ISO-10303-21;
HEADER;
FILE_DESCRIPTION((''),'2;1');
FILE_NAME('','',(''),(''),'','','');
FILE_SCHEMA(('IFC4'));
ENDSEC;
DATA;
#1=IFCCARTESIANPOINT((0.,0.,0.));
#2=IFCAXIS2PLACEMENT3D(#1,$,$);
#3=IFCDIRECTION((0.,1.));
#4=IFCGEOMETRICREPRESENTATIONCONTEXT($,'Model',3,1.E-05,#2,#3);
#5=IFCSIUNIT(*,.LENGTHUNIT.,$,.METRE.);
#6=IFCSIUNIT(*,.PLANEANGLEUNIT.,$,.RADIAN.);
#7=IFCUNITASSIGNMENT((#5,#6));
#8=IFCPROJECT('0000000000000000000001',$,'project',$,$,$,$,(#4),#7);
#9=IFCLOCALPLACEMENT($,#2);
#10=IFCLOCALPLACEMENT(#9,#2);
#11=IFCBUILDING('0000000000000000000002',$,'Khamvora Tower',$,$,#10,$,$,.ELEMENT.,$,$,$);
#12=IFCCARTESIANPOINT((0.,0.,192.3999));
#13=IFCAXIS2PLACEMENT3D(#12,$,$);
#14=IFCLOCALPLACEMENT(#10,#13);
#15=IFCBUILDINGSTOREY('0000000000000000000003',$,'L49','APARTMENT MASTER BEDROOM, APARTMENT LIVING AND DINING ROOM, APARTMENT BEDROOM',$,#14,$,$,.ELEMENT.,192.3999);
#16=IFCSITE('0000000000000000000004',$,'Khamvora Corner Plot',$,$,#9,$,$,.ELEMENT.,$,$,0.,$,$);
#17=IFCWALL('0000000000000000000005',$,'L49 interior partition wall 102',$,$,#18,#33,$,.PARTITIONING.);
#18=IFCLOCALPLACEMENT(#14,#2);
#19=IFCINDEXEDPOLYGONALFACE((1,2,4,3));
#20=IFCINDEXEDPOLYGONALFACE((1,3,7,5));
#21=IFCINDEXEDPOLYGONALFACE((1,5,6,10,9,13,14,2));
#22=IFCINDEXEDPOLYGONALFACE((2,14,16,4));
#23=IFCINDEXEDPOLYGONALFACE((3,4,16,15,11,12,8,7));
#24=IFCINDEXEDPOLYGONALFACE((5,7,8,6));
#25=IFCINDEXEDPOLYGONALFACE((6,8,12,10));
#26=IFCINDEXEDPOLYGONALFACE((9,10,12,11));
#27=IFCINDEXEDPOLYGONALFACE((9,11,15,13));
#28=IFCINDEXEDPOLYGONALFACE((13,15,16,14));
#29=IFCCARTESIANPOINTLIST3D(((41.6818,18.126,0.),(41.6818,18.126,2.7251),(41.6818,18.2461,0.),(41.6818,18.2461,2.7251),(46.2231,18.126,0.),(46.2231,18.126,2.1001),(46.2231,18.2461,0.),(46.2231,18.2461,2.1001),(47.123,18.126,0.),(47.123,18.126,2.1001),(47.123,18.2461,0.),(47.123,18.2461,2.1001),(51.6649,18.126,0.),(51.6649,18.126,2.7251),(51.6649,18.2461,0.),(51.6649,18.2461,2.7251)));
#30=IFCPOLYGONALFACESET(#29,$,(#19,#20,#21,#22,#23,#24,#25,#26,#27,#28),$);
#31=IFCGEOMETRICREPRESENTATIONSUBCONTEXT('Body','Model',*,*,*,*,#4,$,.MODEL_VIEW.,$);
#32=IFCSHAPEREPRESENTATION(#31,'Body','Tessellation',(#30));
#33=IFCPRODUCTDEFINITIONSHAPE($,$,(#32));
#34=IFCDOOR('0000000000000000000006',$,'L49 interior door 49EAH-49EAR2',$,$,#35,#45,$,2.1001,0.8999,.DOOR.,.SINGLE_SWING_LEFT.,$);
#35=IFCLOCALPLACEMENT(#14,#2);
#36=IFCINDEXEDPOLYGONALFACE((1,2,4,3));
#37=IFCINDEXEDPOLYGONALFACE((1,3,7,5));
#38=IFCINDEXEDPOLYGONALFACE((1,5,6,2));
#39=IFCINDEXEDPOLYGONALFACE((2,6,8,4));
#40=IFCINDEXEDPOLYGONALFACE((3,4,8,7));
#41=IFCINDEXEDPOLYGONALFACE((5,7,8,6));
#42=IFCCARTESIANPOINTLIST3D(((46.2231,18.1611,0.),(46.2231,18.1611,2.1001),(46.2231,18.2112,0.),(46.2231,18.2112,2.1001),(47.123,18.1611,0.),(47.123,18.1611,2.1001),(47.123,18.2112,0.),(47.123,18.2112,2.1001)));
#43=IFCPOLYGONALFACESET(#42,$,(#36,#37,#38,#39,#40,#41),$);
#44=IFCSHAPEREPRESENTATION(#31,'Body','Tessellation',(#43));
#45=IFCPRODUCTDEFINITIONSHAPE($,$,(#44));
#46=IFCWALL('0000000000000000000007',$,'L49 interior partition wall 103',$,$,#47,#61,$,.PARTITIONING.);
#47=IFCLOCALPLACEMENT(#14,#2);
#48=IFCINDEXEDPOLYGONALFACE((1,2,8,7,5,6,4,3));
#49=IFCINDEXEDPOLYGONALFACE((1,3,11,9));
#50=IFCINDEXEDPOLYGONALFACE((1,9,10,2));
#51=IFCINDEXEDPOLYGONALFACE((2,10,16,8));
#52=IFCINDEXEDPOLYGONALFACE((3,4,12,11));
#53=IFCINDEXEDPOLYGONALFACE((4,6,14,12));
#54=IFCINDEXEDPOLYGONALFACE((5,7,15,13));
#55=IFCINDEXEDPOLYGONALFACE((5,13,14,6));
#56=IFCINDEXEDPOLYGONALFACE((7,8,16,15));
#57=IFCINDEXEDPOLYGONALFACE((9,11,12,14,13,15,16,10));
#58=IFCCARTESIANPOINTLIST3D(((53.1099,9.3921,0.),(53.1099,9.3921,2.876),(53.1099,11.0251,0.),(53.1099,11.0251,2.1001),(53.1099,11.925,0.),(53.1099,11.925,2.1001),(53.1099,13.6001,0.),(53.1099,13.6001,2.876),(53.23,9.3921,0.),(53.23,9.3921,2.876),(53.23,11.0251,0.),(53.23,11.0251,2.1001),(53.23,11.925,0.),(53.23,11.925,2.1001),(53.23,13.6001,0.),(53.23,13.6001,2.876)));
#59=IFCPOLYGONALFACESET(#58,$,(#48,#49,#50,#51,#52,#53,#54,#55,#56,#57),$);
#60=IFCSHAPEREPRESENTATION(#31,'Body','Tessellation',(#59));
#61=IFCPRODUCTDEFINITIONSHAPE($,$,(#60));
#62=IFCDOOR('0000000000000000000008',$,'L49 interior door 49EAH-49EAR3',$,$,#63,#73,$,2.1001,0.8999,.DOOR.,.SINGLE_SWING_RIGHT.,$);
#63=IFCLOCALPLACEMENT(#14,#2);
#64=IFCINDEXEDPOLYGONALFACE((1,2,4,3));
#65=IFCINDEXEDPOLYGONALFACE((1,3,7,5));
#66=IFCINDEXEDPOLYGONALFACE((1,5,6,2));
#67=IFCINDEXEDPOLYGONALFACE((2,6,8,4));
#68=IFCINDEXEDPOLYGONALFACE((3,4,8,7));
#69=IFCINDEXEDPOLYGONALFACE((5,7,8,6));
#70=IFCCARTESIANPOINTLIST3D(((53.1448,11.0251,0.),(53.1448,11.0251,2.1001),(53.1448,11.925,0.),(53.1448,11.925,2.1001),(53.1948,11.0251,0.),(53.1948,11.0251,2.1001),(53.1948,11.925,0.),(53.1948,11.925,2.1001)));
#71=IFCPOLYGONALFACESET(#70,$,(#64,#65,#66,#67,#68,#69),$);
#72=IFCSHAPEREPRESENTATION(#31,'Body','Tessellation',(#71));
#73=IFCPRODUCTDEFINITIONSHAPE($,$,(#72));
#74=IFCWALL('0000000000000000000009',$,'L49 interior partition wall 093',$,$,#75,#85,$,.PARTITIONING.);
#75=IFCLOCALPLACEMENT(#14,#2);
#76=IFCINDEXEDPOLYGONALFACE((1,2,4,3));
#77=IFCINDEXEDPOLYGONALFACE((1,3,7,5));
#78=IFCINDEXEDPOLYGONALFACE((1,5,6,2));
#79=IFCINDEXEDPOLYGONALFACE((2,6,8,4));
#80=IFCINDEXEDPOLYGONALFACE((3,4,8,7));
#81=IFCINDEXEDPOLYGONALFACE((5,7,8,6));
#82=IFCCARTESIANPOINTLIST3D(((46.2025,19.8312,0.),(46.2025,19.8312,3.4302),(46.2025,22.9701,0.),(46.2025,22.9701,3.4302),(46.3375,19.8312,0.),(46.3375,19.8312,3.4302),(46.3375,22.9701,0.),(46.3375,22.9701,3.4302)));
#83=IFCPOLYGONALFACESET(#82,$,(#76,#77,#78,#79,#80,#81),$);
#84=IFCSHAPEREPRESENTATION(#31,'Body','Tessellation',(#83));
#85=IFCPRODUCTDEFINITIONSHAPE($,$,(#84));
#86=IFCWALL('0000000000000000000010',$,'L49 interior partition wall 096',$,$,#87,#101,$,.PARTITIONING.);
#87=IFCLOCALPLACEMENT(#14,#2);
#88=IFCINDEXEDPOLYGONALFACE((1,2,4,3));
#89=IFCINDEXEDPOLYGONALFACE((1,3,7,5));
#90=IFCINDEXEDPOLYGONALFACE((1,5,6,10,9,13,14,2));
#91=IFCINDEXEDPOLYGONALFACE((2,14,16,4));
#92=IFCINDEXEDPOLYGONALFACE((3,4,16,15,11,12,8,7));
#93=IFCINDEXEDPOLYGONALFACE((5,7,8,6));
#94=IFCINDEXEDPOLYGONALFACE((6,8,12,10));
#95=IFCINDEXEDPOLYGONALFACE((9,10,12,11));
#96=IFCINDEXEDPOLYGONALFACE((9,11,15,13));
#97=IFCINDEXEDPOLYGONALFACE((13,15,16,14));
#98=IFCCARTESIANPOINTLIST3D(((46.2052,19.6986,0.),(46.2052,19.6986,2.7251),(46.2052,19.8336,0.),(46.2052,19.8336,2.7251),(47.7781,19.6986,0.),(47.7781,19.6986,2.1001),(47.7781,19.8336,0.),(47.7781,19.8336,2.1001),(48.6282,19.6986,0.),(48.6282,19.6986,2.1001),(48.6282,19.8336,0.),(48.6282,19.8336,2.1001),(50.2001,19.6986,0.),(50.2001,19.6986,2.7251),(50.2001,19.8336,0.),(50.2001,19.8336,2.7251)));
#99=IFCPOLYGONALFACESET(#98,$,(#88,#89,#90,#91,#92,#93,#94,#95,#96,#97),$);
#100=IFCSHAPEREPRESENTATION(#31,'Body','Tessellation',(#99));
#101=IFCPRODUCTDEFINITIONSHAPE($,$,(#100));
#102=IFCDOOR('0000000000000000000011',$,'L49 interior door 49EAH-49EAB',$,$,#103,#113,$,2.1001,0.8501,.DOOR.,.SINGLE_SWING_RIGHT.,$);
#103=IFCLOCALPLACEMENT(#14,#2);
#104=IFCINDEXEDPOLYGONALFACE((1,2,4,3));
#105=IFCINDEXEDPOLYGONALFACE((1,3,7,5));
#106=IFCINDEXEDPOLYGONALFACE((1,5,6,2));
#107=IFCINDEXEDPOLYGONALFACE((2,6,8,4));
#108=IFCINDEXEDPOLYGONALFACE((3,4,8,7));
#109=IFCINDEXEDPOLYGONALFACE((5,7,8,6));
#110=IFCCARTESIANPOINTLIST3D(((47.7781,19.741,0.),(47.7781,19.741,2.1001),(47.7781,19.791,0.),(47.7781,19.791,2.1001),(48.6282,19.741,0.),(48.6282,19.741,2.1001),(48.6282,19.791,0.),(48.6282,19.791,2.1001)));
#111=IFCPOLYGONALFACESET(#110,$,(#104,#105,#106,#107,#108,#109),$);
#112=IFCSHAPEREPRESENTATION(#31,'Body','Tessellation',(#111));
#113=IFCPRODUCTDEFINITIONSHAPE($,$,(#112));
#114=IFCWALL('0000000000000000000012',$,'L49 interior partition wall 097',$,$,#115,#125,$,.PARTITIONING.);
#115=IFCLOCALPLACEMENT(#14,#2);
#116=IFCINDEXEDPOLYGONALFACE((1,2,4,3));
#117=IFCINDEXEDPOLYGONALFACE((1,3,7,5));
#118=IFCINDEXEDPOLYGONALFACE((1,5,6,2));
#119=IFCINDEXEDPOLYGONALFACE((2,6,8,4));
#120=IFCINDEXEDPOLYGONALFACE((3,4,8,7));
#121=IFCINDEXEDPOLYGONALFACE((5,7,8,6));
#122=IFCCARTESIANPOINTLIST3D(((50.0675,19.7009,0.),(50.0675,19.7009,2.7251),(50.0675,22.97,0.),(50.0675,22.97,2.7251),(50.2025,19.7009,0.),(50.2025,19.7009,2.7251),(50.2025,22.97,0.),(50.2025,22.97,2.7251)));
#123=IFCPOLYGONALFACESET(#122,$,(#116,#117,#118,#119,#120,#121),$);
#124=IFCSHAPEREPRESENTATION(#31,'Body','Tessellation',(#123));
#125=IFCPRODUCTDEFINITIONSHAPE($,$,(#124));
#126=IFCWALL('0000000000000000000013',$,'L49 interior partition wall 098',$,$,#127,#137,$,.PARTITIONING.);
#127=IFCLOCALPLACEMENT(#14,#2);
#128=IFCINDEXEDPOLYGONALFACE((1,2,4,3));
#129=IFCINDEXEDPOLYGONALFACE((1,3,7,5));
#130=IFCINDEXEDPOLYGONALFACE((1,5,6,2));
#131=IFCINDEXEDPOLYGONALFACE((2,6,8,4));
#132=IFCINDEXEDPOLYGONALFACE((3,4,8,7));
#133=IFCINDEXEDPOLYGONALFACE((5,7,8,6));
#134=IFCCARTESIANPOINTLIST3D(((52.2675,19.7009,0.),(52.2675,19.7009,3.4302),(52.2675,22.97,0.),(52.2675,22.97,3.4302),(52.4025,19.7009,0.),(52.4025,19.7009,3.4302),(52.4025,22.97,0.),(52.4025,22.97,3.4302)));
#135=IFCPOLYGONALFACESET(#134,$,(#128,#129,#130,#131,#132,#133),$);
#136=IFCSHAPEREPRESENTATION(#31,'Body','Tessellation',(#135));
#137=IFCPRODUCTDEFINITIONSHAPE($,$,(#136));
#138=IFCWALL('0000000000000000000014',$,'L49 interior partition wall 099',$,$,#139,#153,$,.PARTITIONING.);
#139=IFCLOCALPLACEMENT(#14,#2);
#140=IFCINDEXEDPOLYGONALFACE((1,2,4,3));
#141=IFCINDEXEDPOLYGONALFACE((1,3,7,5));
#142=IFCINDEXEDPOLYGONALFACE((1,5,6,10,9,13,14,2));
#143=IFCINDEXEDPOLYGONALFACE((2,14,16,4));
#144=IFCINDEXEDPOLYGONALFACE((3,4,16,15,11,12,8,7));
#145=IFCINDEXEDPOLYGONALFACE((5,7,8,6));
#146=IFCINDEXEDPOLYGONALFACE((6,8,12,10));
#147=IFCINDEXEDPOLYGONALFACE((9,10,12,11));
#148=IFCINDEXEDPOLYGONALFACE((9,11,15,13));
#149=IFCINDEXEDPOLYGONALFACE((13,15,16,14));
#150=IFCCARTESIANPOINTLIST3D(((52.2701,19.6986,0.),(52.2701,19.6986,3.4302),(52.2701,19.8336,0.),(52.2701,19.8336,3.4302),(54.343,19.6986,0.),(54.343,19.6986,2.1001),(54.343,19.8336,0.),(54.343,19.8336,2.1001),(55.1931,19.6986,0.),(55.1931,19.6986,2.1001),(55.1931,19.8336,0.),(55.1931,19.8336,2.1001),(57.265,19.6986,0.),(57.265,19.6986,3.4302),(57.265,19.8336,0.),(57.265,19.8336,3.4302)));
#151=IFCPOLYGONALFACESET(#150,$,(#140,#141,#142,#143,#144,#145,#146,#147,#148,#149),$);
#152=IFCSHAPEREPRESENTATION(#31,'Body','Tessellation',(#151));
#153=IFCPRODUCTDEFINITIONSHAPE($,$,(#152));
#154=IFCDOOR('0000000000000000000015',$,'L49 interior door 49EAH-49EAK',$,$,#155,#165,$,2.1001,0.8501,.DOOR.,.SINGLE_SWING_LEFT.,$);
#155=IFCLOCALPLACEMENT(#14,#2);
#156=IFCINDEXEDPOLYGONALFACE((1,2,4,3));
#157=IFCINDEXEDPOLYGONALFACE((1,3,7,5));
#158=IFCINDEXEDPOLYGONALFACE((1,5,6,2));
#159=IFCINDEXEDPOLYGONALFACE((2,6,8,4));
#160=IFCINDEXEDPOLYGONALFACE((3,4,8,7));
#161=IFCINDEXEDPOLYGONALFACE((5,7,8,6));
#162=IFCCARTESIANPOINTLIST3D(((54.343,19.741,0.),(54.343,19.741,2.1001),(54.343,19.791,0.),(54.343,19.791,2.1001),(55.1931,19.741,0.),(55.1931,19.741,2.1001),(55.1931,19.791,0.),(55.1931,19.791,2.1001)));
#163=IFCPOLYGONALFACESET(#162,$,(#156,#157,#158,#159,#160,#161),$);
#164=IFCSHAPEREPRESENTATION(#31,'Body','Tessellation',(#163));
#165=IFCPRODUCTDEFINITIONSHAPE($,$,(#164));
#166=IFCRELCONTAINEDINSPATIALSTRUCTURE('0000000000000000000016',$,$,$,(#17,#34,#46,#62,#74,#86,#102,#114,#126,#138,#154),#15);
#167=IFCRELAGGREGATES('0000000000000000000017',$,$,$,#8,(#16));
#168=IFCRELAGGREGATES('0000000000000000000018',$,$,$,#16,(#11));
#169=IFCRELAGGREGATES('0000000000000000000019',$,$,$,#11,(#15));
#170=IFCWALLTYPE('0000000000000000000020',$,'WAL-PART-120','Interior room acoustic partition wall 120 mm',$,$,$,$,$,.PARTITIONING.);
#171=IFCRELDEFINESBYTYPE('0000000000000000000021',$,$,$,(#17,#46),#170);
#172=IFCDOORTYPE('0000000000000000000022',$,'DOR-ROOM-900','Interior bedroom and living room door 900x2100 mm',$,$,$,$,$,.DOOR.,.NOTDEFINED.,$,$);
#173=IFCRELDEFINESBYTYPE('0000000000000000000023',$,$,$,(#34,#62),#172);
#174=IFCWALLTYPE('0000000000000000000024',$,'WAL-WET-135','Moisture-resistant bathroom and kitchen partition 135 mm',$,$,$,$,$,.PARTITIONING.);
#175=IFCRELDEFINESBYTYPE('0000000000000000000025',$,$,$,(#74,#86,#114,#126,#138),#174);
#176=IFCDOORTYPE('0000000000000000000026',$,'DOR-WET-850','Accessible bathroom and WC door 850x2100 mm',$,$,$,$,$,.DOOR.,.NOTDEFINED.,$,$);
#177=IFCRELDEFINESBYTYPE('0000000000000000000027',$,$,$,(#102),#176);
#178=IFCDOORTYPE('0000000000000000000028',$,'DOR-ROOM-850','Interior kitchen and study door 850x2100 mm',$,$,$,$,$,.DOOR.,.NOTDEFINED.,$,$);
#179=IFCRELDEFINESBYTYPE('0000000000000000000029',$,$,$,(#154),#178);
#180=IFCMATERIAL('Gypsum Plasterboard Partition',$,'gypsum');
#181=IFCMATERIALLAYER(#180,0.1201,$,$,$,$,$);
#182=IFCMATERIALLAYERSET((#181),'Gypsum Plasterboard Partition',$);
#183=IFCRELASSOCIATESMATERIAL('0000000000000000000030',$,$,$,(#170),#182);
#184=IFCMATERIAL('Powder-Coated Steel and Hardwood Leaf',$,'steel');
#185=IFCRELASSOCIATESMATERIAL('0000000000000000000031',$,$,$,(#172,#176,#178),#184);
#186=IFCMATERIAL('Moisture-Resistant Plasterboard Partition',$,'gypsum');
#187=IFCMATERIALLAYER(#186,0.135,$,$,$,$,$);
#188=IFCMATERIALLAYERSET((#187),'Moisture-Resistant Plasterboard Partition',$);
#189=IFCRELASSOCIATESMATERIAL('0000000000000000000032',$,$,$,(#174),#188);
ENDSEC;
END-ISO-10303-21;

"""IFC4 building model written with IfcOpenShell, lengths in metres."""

from ifc_helpers import new_model, si_unit, direction, frame, frame_2d, origin, place, context, subcontext, project, spatial, rectangle, extrude, material, layer, layer_set, type_object, element, fill, save


model = new_model("IFC4")

# Units and contexts
model_context = context("Model", 3, precision=1e-05, world=origin(), true_north=direction((0.0, 1.0)))
body_context = subcontext(model_context, "Body", "Model", "MODEL_VIEW")
ifc_project = project(units=[si_unit("LENGTHUNIT", "METRE"), si_unit("PLANEANGLEUNIT", "RADIAN")], contexts=[model_context])

# Site, building, storey
site_placement = place(None, origin())
site = spatial("IfcSite", under=ifc_project, at=site_placement, Name="Khamvora Corner Plot", CompositionType="ELEMENT", RefElevation=0.0)
building_placement = place(site_placement, origin())
building = spatial("IfcBuilding", under=site, at=building_placement, Name="Khamvora Tower", CompositionType="ELEMENT")
storey_placement = place(building_placement, frame((0.0, 0.0, 192.3999)))
storey = spatial("IfcBuildingStorey", under=building, at=storey_placement, Name="L49", Description="APARTMENT MASTER BEDROOM, APARTMENT LIVING AND DINING ROOM, APARTMENT BEDROOM", CompositionType="ELEMENT", Elevation=192.3999)

# Shared definitions
ifc_material_1 = material(Name="Powder-Coated Steel and Hardwood Leaf", Category="steel")

# Shared definitions
ifc_material_2 = material(Name="Gypsum Plasterboard Partition", Category="gypsum")
ifc_layer_1 = layer(ifc_material_2, 0.1201)
ifc_layer_set_1 = layer_set([ifc_layer_1], Name="Gypsum Plasterboard Partition")
wall_type_1 = type_object("IfcWallType", Name="WAL-PART-120", Description="Interior room acoustic partition wall 120 mm", PredefinedType="PARTITIONING", material=ifc_layer_set_1)
door_type_1 = type_object("IfcDoorType", Name="DOR-ROOM-900", Description="Interior bedroom and living room door 900x2100 mm", OperationType="NOTDEFINED", PredefinedType="DOOR", material=ifc_material_1)

# Walls, openings, doors
wall_1_placement = place(storey_placement, frame((51.665, 18.186, 0.0), z_axis=(0.0, 0.0, 1.0), x_axis=(-1.0, 0.0, 0.0)))
wall_1 = element("IfcWall", 1, at=wall_1_placement, inside=storey, type_object=wall_type_1, Name="L49 interior partition wall 102", PredefinedType="PARTITIONING", context=body_context, shape_type="SweptSolid", body=[
    extrude(rectangle(XDim=9.9832, YDim=0.1201, at=frame_2d((4.9917, 0.0))), origin(), (0.0, 0.0, 1.0), 2.7251),
])
opening_1_placement = place(wall_1_placement, frame((4.542, 0.0, 0.0)))
opening_1 = element("IfcOpeningElement", 2, at=opening_1_placement, cuts=wall_1, PredefinedType="OPENING", context=body_context, shape_type="SweptSolid", body=[
    extrude(rectangle(XDim=0.8999, YDim=2.1001, at=frame_2d((0.45, 1.05))), frame((0.0, 0.0701, 0.0), z_axis=(0.0, -1.0, 0.0), x_axis=(1.0, 0.0, 0.0)), (0.0, 0.0, 1.0), 0.1401),
])
door_1_placement = place(opening_1_placement, origin())
door_1 = element("IfcDoor", 3, at=door_1_placement, inside=storey, type_object=door_type_1, Name="L49 interior door 49EAH-49EAR2", OperationType="SINGLE_SWING_LEFT", OverallHeight=2.1001, OverallWidth=0.8999, PredefinedType="DOOR", context=body_context, shape_type="SweptSolid", body=[
    extrude(rectangle(XDim=0.8999, YDim=2.1001, at=frame_2d((0.45, 1.05))), frame((0.0, 0.0249, 0.0), z_axis=(0.0, -1.0, 0.0), x_axis=(1.0, 0.0, 0.0)), (0.0, 0.0, 1.0), 0.05),
])
fill(opening_1, door_1)
wall_2_placement = place(storey_placement, frame((53.1699, 13.6001, 0.0), z_axis=(0.0, 0.0, 1.0), x_axis=(0.0, -1.0, 0.0)))
wall_2 = element("IfcWall", 4, at=wall_2_placement, inside=storey, type_object=wall_type_1, Name="L49 interior partition wall 103", PredefinedType="PARTITIONING", context=body_context, shape_type="SweptSolid", body=[
    extrude(rectangle(XDim=4.208, YDim=0.1201, at=frame_2d((2.104, 0.0))), origin(), (0.0, 0.0, 1.0), 2.876),
])
opening_2_placement = place(wall_2_placement, frame((1.675, 0.0, 0.0)))
opening_2 = element("IfcOpeningElement", 5, at=opening_2_placement, cuts=wall_2, PredefinedType="OPENING", context=body_context, shape_type="SweptSolid", body=[
    extrude(rectangle(XDim=0.8999, YDim=2.1001, at=frame_2d((0.45, 1.05))), frame((0.0, 0.0701, 0.0), z_axis=(0.0, -1.0, 0.0), x_axis=(1.0, 0.0, 0.0)), (0.0, 0.0, 1.0), 0.1401),
])
door_2_placement = place(opening_2_placement, origin())
door_2 = element("IfcDoor", 6, at=door_2_placement, inside=storey, type_object=door_type_1, Name="L49 interior door 49EAH-49EAR3", OperationType="SINGLE_SWING_RIGHT", OverallHeight=2.1001, OverallWidth=0.8999, PredefinedType="DOOR", context=body_context, shape_type="SweptSolid", body=[
    extrude(rectangle(XDim=0.8999, YDim=2.1001, at=frame_2d((0.45, 1.05))), frame((0.0, 0.0249, 0.0), z_axis=(0.0, -1.0, 0.0), x_axis=(1.0, 0.0, 0.0)), (0.0, 0.0, 1.0), 0.05),
])
fill(opening_2, door_2)

# Wall
ifc_material_3 = material(Name="Moisture-Resistant Plasterboard Partition", Category="gypsum")
ifc_layer_2 = layer(ifc_material_3, 0.135)
ifc_layer_set_2 = layer_set([ifc_layer_2], Name="Moisture-Resistant Plasterboard Partition")
wall_type_2 = type_object("IfcWallType", Name="WAL-WET-135", Description="Moisture-resistant bathroom and kitchen partition 135 mm", PredefinedType="PARTITIONING", material=ifc_layer_set_2)
wall_3_placement = place(storey_placement, frame((46.27, 22.97, 0.0), z_axis=(0.0, 0.0, 1.0), x_axis=(0.0, -1.0, 0.0)))
element("IfcWall", 7, at=wall_3_placement, inside=storey, type_object=wall_type_2, Name="L49 interior partition wall 093", PredefinedType="PARTITIONING", context=body_context, shape_type="SweptSolid", body=[
    extrude(rectangle(XDim=3.1389, YDim=0.135, at=frame_2d((1.5693, 0.0))), origin(), (0.0, 0.0, 1.0), 3.4302),
])

# Wall, opening, door
wall_4_placement = place(storey_placement, frame((46.2051, 19.7661, 0.0), z_axis=(0.0, 0.0, 1.0), x_axis=(1.0, 0.0, 0.0)))
wall_4 = element("IfcWall", 8, at=wall_4_placement, inside=storey, type_object=wall_type_2, Name="L49 interior partition wall 096", PredefinedType="PARTITIONING", context=body_context, shape_type="SweptSolid", body=[
    extrude(rectangle(XDim=3.9949, YDim=0.135, at=frame_2d((1.9976, 0.0))), origin(), (0.0, 0.0, 1.0), 2.7251),
])
opening_3_placement = place(wall_4_placement, frame((1.573, 0.0, 0.0)))
opening_3 = element("IfcOpeningElement", 9, at=opening_3_placement, cuts=wall_4, PredefinedType="OPENING", context=body_context, shape_type="SweptSolid", body=[
    extrude(rectangle(XDim=0.8501, YDim=2.1001, at=frame_2d((0.425, 1.05))), frame((0.0, 0.0774, 0.0), z_axis=(0.0, -1.0, 0.0), x_axis=(1.0, 0.0, 0.0)), (0.0, 0.0, 1.0), 0.155),
])
door_type_2 = type_object("IfcDoorType", Name="DOR-WET-850", Description="Accessible bathroom and WC door 850x2100 mm", OperationType="NOTDEFINED", PredefinedType="DOOR", material=ifc_material_1)
door_3_placement = place(opening_3_placement, origin())
door_3 = element("IfcDoor", 10, at=door_3_placement, inside=storey, type_object=door_type_2, Name="L49 interior door 49EAH-49EAB", OperationType="SINGLE_SWING_RIGHT", OverallHeight=2.1001, OverallWidth=0.8501, PredefinedType="DOOR", context=body_context, shape_type="SweptSolid", body=[
    extrude(rectangle(XDim=0.8501, YDim=2.1001, at=frame_2d((0.425, 1.05))), frame((0.0, 0.0249, 0.0), z_axis=(0.0, -1.0, 0.0), x_axis=(1.0, 0.0, 0.0)), (0.0, 0.0, 1.0), 0.05),
])
fill(opening_3, door_3)

# Walls
wall_5_placement = place(storey_placement, frame((50.135, 19.7009, 0.0), z_axis=(0.0, 0.0, 1.0), x_axis=(0.0, 1.0, 0.0)))
element("IfcWall", 11, at=wall_5_placement, inside=storey, type_object=wall_type_2, Name="L49 interior partition wall 097", PredefinedType="PARTITIONING", context=body_context, shape_type="SweptSolid", body=[
    extrude(rectangle(XDim=3.269, YDim=0.135, at=frame_2d((1.6345, 0.0))), origin(), (0.0, 0.0, 1.0), 2.7251),
])
wall_6_placement = place(storey_placement, frame((52.335, 22.97, 0.0), z_axis=(0.0, 0.0, 1.0), x_axis=(0.0, -1.0, 0.0)))
element("IfcWall", 12, at=wall_6_placement, inside=storey, type_object=wall_type_2, Name="L49 interior partition wall 098", PredefinedType="PARTITIONING", context=body_context, shape_type="SweptSolid", body=[
    extrude(rectangle(XDim=3.269, YDim=0.135, at=frame_2d((1.6345, 0.0))), origin(), (0.0, 0.0, 1.0), 3.4302),
])

# Wall, opening, door
wall_7_placement = place(storey_placement, frame((52.27, 19.7661, 0.0), z_axis=(0.0, 0.0, 1.0), x_axis=(1.0, 0.0, 0.0)))
wall_7 = element("IfcWall", 13, at=wall_7_placement, inside=storey, type_object=wall_type_2, Name="L49 interior partition wall 099", PredefinedType="PARTITIONING", context=body_context, shape_type="SweptSolid", body=[
    extrude(rectangle(XDim=4.9949, YDim=0.135, at=frame_2d((2.4976, 0.0))), origin(), (0.0, 0.0, 1.0), 3.4302),
])
opening_4_placement = place(wall_7_placement, frame((2.073, 0.0, 0.0)))
opening_4 = element("IfcOpeningElement", 14, at=opening_4_placement, cuts=wall_7, PredefinedType="OPENING", context=body_context, shape_type="SweptSolid", body=[
    extrude(rectangle(XDim=0.8501, YDim=2.1001, at=frame_2d((0.425, 1.05))), frame((0.0, 0.0774, 0.0), z_axis=(0.0, -1.0, 0.0), x_axis=(1.0, 0.0, 0.0)), (0.0, 0.0, 1.0), 0.155),
])
door_type_3 = type_object("IfcDoorType", Name="DOR-ROOM-850", Description="Interior kitchen and study door 850x2100 mm", OperationType="NOTDEFINED", PredefinedType="DOOR", material=ifc_material_1)
door_4_placement = place(opening_4_placement, origin())
door_4 = element("IfcDoor", 15, at=door_4_placement, inside=storey, type_object=door_type_3, Name="L49 interior door 49EAH-49EAK", OperationType="SINGLE_SWING_LEFT", OverallHeight=2.1001, OverallWidth=0.8501, PredefinedType="DOOR", context=body_context, shape_type="SweptSolid", body=[
    extrude(rectangle(XDim=0.8501, YDim=2.1001, at=frame_2d((0.425, 1.05))), frame((0.0, 0.0249, 0.0), z_axis=(0.0, -1.0, 0.0), x_axis=(1.0, 0.0, 0.0)), (0.0, 0.0, 1.0), 0.05),
])
fill(opening_4, door_4)

save(model, "model.ifc")
